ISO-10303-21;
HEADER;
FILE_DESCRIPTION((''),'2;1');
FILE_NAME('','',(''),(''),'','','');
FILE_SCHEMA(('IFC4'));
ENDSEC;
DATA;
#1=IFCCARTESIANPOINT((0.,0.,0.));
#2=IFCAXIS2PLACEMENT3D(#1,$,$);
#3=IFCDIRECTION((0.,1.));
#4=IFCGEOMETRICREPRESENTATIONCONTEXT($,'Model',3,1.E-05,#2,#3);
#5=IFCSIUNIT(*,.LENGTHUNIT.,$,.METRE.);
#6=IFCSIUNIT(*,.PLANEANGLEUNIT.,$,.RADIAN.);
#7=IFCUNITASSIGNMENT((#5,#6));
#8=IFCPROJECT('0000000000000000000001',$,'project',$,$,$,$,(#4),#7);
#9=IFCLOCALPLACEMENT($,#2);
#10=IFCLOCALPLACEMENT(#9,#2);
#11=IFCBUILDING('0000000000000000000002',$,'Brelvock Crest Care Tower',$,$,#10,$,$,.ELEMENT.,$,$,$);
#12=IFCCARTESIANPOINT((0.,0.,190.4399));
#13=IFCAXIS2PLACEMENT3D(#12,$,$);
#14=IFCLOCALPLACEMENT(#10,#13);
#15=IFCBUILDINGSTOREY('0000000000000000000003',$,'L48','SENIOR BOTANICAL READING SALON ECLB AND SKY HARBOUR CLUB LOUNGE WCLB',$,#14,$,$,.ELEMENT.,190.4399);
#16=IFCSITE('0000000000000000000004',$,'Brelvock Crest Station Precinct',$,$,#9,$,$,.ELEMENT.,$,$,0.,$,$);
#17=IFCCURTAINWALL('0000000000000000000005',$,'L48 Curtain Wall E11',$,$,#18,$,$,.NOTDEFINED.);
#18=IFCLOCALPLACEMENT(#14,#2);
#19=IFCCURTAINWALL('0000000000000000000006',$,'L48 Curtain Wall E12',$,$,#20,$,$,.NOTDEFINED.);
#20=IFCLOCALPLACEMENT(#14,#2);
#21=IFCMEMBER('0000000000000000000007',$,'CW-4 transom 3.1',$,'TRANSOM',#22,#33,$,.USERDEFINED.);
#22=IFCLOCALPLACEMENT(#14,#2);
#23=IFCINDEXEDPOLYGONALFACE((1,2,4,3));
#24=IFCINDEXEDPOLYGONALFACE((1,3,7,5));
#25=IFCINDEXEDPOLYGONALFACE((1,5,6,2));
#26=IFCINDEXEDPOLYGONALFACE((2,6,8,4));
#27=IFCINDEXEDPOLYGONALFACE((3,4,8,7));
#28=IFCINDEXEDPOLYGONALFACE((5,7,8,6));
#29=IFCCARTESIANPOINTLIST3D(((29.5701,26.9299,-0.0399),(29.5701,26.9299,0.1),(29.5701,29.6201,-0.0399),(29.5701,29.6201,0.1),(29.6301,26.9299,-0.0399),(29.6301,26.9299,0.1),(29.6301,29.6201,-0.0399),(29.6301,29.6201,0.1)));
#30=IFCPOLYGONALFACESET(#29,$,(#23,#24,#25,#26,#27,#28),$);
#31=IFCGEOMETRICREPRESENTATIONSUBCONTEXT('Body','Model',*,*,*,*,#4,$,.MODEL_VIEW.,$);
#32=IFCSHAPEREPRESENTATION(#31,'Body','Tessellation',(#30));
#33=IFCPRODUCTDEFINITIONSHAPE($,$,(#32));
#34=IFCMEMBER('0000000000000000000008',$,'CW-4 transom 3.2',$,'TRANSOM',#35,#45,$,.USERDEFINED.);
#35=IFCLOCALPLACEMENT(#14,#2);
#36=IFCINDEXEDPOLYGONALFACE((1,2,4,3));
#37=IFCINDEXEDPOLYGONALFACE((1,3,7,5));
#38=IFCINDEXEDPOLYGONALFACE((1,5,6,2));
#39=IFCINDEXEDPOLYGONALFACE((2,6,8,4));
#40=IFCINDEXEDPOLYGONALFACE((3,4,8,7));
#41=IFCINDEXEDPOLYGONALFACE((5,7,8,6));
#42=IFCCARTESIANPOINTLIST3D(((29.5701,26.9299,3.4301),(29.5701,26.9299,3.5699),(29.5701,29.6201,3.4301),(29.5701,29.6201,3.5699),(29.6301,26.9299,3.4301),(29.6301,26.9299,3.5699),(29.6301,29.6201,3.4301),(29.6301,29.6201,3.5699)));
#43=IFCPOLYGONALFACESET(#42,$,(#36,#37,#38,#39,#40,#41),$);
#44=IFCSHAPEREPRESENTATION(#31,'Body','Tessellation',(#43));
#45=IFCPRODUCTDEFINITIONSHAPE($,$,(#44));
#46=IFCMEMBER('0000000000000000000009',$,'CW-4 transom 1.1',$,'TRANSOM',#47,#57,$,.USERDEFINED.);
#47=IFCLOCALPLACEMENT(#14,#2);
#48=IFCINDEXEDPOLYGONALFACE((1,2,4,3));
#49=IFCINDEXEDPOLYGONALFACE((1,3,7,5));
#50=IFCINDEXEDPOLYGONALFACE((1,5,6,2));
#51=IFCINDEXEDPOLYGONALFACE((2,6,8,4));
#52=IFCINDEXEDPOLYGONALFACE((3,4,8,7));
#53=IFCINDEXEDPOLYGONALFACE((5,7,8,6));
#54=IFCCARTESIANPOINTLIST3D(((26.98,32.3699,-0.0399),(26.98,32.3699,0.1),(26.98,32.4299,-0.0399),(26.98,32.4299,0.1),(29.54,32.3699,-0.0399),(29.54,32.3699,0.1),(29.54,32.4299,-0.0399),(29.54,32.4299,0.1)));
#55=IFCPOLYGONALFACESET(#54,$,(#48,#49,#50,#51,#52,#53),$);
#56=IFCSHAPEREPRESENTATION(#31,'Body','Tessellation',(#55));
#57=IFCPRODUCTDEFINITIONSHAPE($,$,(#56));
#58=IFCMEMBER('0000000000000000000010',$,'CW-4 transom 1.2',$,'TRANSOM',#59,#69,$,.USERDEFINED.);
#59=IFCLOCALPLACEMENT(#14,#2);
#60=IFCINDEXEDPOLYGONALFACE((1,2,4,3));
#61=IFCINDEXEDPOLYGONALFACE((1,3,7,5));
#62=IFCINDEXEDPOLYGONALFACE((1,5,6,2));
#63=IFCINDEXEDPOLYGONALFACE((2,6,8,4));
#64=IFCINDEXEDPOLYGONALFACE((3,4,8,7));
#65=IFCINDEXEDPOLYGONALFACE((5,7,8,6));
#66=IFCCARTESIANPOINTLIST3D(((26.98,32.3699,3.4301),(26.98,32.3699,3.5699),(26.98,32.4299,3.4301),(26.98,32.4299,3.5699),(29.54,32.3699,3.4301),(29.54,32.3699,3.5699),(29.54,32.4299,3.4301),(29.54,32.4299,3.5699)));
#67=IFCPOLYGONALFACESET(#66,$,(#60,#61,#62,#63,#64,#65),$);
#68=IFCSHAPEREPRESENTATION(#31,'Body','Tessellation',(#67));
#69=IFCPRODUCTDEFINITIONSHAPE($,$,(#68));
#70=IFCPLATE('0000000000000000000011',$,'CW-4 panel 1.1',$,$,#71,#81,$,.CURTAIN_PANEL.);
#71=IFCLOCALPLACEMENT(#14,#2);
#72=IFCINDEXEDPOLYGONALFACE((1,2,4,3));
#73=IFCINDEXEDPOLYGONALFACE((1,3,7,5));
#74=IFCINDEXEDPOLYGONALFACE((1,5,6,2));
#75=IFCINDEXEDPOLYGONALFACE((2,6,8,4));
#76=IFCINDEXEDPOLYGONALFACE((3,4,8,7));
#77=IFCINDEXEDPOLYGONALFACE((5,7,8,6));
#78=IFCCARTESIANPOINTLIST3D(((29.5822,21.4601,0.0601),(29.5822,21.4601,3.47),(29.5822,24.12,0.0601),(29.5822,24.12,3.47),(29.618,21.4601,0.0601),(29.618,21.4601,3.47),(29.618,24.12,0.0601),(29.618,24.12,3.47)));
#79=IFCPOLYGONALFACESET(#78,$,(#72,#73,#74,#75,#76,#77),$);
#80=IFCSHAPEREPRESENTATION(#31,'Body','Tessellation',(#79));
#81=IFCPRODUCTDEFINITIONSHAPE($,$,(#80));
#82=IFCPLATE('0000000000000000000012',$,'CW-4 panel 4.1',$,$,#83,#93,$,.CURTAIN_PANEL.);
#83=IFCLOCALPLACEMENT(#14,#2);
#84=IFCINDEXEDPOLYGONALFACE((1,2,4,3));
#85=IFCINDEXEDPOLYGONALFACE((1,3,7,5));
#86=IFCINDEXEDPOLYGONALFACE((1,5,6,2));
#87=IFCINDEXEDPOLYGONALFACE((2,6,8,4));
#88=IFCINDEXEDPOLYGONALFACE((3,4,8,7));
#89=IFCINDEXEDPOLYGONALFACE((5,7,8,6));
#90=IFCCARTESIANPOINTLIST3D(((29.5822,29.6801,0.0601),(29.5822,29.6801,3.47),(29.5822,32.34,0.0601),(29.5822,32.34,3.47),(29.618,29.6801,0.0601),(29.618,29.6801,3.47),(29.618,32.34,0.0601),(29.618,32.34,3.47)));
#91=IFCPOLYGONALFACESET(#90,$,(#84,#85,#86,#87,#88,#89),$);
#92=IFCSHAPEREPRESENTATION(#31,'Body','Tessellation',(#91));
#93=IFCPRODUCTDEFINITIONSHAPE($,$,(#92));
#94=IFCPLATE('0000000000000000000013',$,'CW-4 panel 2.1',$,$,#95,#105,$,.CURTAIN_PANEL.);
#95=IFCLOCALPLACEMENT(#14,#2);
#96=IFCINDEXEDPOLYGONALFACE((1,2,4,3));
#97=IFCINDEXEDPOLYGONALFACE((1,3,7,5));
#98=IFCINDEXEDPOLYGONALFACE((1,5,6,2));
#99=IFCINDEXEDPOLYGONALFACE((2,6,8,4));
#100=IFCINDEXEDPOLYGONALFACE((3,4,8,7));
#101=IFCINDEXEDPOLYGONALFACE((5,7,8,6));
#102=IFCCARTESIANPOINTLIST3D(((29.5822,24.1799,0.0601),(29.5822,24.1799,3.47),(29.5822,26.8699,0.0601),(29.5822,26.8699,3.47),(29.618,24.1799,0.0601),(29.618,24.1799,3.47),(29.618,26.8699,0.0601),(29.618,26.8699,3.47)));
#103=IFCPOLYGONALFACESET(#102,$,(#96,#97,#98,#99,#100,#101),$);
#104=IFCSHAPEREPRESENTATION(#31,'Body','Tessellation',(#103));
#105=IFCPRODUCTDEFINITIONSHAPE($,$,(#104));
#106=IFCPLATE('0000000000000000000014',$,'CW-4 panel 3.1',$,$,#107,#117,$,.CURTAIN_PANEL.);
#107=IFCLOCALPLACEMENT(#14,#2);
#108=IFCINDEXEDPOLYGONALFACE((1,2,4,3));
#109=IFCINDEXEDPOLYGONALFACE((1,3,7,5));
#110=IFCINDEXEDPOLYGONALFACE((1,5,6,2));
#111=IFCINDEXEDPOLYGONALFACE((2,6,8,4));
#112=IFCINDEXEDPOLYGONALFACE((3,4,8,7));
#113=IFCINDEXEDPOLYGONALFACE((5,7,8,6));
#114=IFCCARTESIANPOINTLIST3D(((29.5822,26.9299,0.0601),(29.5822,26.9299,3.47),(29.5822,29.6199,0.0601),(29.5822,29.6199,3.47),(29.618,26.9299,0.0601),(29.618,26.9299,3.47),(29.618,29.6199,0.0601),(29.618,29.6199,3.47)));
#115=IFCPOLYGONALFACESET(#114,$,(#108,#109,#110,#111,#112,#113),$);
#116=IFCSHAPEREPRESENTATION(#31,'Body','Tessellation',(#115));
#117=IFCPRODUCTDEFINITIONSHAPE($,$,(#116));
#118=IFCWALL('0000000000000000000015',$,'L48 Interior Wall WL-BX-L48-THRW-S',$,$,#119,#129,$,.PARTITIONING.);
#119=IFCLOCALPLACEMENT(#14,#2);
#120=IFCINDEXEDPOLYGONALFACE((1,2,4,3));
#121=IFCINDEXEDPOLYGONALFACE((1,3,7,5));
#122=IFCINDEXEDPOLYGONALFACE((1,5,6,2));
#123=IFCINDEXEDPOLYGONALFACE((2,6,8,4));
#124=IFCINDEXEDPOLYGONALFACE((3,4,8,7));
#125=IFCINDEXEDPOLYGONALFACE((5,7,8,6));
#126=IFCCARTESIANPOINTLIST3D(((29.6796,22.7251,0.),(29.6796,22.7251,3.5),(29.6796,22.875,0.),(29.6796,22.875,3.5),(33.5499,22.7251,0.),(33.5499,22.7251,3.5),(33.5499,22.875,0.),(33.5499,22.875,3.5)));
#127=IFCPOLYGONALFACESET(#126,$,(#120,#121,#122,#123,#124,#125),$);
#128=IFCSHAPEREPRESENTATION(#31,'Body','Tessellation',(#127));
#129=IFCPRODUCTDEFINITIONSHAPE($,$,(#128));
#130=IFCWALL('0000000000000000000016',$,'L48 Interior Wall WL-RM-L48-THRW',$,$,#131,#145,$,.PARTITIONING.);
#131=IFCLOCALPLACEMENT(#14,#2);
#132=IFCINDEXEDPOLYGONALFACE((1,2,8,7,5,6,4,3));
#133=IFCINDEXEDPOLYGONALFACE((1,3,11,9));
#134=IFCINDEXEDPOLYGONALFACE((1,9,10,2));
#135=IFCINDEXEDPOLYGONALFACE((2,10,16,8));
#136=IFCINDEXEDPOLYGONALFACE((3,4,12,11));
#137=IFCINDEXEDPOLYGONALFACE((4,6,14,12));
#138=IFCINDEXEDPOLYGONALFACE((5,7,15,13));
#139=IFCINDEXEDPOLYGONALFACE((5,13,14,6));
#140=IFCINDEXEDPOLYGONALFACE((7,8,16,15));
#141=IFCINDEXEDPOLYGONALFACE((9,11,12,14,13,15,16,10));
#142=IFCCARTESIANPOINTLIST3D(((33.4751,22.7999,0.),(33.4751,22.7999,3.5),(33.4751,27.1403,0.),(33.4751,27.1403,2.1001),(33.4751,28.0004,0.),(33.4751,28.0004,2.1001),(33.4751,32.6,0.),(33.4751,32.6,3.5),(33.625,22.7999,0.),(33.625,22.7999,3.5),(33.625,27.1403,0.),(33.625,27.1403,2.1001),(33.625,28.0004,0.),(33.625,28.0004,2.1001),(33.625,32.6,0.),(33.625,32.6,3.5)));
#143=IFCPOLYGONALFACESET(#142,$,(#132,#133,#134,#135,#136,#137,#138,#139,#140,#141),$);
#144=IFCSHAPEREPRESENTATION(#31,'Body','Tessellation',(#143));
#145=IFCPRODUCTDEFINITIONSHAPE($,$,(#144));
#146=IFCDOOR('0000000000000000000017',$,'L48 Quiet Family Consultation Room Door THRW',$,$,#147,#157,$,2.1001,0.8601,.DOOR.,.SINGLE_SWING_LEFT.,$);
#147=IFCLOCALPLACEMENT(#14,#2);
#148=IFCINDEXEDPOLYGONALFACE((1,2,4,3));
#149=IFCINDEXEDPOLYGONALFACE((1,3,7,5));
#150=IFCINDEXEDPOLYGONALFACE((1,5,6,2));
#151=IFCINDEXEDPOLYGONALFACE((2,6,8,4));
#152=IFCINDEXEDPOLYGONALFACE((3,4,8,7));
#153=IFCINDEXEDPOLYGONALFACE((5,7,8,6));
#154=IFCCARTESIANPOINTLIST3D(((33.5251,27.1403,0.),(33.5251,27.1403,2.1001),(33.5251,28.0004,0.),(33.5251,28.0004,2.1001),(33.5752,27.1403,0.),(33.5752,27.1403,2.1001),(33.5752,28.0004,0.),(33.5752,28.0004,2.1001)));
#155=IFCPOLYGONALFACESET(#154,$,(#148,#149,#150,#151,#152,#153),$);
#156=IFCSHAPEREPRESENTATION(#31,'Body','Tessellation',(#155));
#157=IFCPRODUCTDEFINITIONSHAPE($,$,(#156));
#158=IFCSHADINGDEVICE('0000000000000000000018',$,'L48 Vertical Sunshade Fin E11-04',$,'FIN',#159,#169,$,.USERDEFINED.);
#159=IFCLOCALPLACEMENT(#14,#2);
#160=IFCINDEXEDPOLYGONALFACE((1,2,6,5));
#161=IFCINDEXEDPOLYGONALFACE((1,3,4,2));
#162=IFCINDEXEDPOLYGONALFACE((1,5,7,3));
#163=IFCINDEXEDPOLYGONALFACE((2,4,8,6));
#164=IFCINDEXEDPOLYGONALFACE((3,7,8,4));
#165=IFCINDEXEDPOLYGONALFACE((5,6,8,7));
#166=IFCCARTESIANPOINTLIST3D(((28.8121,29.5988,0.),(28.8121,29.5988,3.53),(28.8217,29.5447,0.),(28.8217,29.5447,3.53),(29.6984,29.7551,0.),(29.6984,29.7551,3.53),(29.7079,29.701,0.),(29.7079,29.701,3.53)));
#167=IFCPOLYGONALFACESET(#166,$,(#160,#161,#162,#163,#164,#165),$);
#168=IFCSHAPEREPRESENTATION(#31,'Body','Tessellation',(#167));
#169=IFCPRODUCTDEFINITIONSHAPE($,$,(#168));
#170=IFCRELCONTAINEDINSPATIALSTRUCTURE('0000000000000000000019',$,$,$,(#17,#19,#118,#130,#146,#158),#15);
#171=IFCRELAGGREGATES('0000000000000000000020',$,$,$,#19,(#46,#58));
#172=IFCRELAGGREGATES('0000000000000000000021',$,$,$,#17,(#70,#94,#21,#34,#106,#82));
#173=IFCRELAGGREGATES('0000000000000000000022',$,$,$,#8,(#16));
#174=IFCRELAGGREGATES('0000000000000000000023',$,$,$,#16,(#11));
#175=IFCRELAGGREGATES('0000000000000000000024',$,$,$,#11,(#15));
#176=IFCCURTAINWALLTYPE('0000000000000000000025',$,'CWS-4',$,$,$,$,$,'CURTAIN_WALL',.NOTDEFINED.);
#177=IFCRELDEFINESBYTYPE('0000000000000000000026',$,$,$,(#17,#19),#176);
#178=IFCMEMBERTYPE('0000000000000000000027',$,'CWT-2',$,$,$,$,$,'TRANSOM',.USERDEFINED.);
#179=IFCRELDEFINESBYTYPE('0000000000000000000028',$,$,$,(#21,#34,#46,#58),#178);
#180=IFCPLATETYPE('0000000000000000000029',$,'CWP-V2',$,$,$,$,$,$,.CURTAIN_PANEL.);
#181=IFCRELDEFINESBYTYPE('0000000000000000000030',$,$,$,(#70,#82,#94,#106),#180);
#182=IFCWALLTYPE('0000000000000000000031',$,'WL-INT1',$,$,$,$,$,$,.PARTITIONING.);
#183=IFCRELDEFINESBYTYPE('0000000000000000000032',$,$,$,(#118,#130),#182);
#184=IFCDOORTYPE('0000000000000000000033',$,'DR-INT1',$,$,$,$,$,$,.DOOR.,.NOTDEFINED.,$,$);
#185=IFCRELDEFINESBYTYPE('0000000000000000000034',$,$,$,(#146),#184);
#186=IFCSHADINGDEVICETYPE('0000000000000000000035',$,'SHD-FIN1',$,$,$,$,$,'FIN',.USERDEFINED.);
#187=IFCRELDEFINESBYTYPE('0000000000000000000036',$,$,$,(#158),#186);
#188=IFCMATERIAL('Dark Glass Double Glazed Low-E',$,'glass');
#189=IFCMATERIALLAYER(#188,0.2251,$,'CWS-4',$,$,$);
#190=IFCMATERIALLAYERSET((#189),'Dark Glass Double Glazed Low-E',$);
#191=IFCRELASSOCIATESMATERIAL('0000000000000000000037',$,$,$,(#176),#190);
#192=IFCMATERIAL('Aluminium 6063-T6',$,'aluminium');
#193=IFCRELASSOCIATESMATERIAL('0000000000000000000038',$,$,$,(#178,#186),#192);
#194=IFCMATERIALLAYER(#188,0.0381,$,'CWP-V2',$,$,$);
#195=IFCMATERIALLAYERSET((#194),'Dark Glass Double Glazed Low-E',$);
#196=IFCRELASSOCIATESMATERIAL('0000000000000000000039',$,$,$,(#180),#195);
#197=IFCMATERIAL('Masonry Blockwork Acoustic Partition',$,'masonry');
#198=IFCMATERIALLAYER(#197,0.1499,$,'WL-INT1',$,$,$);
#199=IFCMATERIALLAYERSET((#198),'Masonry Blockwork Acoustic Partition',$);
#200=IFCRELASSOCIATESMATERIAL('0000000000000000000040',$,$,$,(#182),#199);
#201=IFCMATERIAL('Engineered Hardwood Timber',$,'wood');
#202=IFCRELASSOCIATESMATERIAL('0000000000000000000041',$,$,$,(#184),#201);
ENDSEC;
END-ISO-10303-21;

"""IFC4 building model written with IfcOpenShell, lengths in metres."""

from ifc_helpers import new_model, si_unit, direction, frame, frame_2d, origin, origin_2d, place, context, subcontext, project, spatial, rectangle, extrude, source, transform, mapped, material, layer, layer_set, material_profile, profile_set, type_object, element, fill, aggregate, save


model = new_model("IFC4")

# Units and contexts
model_context = context("Model", 3, precision=1e-05, world=origin(), true_north=direction((0.0, 1.0)))
body_context = subcontext(model_context, "Body", "Model", "MODEL_VIEW")
ifc_project = project(units=[si_unit("LENGTHUNIT", "METRE"), si_unit("PLANEANGLEUNIT", "RADIAN")], contexts=[model_context])

# Site, building, storey
site_placement = place(None, origin())
site = spatial("IfcSite", under=ifc_project, at=site_placement, Name="Brelvock Crest Station Precinct", CompositionType="ELEMENT", RefElevation=0.0)
building_placement = place(site_placement, origin())
building = spatial("IfcBuilding", under=site, at=building_placement, Name="Brelvock Crest Care Tower", CompositionType="ELEMENT")
storey_placement = place(building_placement, frame((0.0, 0.0, 190.4399)))
storey = spatial("IfcBuildingStorey", under=building, at=storey_placement, Name="L48", Description="SENIOR BOTANICAL READING SALON ECLB AND SKY HARBOUR CLUB LOUNGE WCLB", CompositionType="ELEMENT", Elevation=190.4399)

# Curtain wall
ifc_material_1 = material(Name="Dark Glass Double Glazed Low-E", Category="glass")
ifc_layer_1 = layer(ifc_material_1, 0.2251, Name="CWS-4")
ifc_layer_set_1 = layer_set([ifc_layer_1], Name="Dark Glass Double Glazed Low-E")
curtain_wall_type = type_object("IfcCurtainWallType", Name="CWS-4", ElementType="CURTAIN_WALL", PredefinedType="NOTDEFINED", material=ifc_layer_set_1)
curtain_wall_1_placement = place(storey_placement, origin())
curtain_wall_1 = element("IfcCurtainWall", 1, at=curtain_wall_1_placement, inside=storey, type_object=curtain_wall_type, Name="L48 Curtain Wall E11", PredefinedType="NOTDEFINED")
ifc_material_2 = material(Name="Aluminium 6063-T6", Category="aluminium")

# Curtain wall
curtain_wall_2_placement = place(storey_placement, origin())
curtain_wall_2 = element("IfcCurtainWall", 2, at=curtain_wall_2_placement, inside=storey, type_object=curtain_wall_type, Name="L48 Curtain Wall E12", PredefinedType="NOTDEFINED")

# Members
ifc_material_profile_1 = material_profile(ifc_material_2, rectangle(XDim=0.0601, YDim=0.1399, at=origin_2d()), Name="ALU60x140")
ifc_profile_set_1 = profile_set([ifc_material_profile_1], Name="Aluminium 6063-T6")
member_type_1 = type_object("IfcMemberType", Name="CWT-2", ElementType="TRANSOM", PredefinedType="USERDEFINED", material=ifc_profile_set_1)
shared_shape_1 = source(origin(), body_context, "Body", "SweptSolid", [
    extrude(rectangle(XDim=0.0601, YDim=0.1399, at=origin_2d()), origin(), (0.0, 0.0, 1.0), 2.6902),
])
member_1_placement = place(storey_placement, frame((29.6001, 26.9299, 0.03), z_axis=(0.0, 1.0, 0.0), x_axis=(-1.0, 0.0, 0.0)))
member_1 = element("IfcMember", 3, at=member_1_placement, type_object=member_type_1, Name="CW-4 transom 3.1", ObjectType="TRANSOM", PredefinedType="USERDEFINED", context=body_context, shape_type="MappedRepresentation", body=[
    mapped(shared_shape_1, transform((0.0, 0.0, 0.0), x_axis=(1.0, 0.0, 0.0), y_axis=(0.0, 1.0, 0.0), z_axis=(0.0, 0.0, 1.0), scale=1.0)),
])
member_2_placement = place(storey_placement, frame((29.6001, 26.9299, 3.5), z_axis=(0.0, 1.0, 0.0), x_axis=(-1.0, 0.0, 0.0)))
member_2 = element("IfcMember", 4, at=member_2_placement, type_object=member_type_1, Name="CW-4 transom 3.2", ObjectType="TRANSOM", PredefinedType="USERDEFINED", context=body_context, shape_type="MappedRepresentation", body=[
    mapped(shared_shape_1, transform((0.0, 0.0, 0.0), x_axis=(1.0, 0.0, 0.0), y_axis=(0.0, 1.0, 0.0), z_axis=(0.0, 0.0, 1.0), scale=1.0)),
])
shared_shape_2 = source(origin(), body_context, "Body", "SweptSolid", [
    extrude(rectangle(XDim=0.0601, YDim=0.1399, at=origin_2d()), origin(), (0.0, 0.0, 1.0), 2.5601),
])
member_3_placement = place(storey_placement, frame((29.54, 32.3999, 0.03), z_axis=(-1.0, 0.0, 0.0), x_axis=(0.0, -1.0, 0.0)))
member_3 = element("IfcMember", 5, at=member_3_placement, type_object=member_type_1, Name="CW-4 transom 1.1", ObjectType="TRANSOM", PredefinedType="USERDEFINED", context=body_context, shape_type="MappedRepresentation", body=[
    mapped(shared_shape_2, transform((0.0, 0.0, 0.0), x_axis=(1.0, 0.0, 0.0), y_axis=(0.0, 1.0, 0.0), z_axis=(0.0, 0.0, 1.0), scale=1.0)),
])
member_4_placement = place(storey_placement, frame((29.54, 32.3999, 3.5), z_axis=(-1.0, 0.0, 0.0), x_axis=(0.0, -1.0, 0.0)))
member_4 = element("IfcMember", 6, at=member_4_placement, type_object=member_type_1, Name="CW-4 transom 1.2", ObjectType="TRANSOM", PredefinedType="USERDEFINED", context=body_context, shape_type="MappedRepresentation", body=[
    mapped(shared_shape_2, transform((0.0, 0.0, 0.0), x_axis=(1.0, 0.0, 0.0), y_axis=(0.0, 1.0, 0.0), z_axis=(0.0, 0.0, 1.0), scale=1.0)),
])
aggregate(curtain_wall_2, [member_3, member_4])

# Plates
ifc_layer_2 = layer(ifc_material_1, 0.0381, Name="CWP-V2")
ifc_layer_set_2 = layer_set([ifc_layer_2], Name="Dark Glass Double Glazed Low-E")
plate_type = type_object("IfcPlateType", Name="CWP-V2", PredefinedType="CURTAIN_PANEL", material=ifc_layer_set_2)
shared_shape_3 = source(origin(), body_context, "Body", "SweptSolid", [
    extrude(rectangle(XDim=2.6599, YDim=0.0359, at=origin_2d()), origin(), (0.0, 0.0, 1.0), 3.4099),
])
plate_1_placement = place(storey_placement, frame((29.6001, 22.79, 0.0601), z_axis=(0.0, 0.0, 1.0), x_axis=(0.0, 1.0, 0.0)))
plate_1 = element("IfcPlate", 7, at=plate_1_placement, type_object=plate_type, Name="CW-4 panel 1.1", PredefinedType="CURTAIN_PANEL", context=body_context, shape_type="MappedRepresentation", body=[
    mapped(shared_shape_3, transform((0.0, 0.0, 0.0), x_axis=(1.0, 0.0, 0.0), y_axis=(0.0, 1.0, 0.0), z_axis=(0.0, 0.0, 1.0), scale=1.0)),
])
plate_2_placement = place(storey_placement, frame((29.6001, 31.01, 0.0601), z_axis=(0.0, 0.0, 1.0), x_axis=(0.0, 1.0, 0.0)))
plate_2 = element("IfcPlate", 8, at=plate_2_placement, type_object=plate_type, Name="CW-4 panel 4.1", PredefinedType="CURTAIN_PANEL", context=body_context, shape_type="MappedRepresentation", body=[
    mapped(shared_shape_3, transform((0.0, 0.0, 0.0), x_axis=(1.0, 0.0, 0.0), y_axis=(0.0, 1.0, 0.0), z_axis=(0.0, 0.0, 1.0), scale=1.0)),
])
shared_shape_4 = source(origin(), body_context, "Body", "SweptSolid", [
    extrude(rectangle(XDim=2.6899, YDim=0.0359, at=origin_2d()), origin(), (0.0, 0.0, 1.0), 3.4099),
])
plate_3_placement = place(storey_placement, frame((29.6001, 25.5249, 0.0601), z_axis=(0.0, 0.0, 1.0), x_axis=(0.0, 1.0, 0.0)))
plate_3 = element("IfcPlate", 9, at=plate_3_placement, type_object=plate_type, Name="CW-4 panel 2.1", PredefinedType="CURTAIN_PANEL", context=body_context, shape_type="MappedRepresentation", body=[
    mapped(shared_shape_4, transform((0.0, 0.0, 0.0), x_axis=(1.0, 0.0, 0.0), y_axis=(0.0, 1.0, 0.0), z_axis=(0.0, 0.0, 1.0), scale=1.0)),
])
plate_4_placement = place(storey_placement, frame((29.6001, 28.2749, 0.0601), z_axis=(0.0, 0.0, 1.0), x_axis=(0.0, 1.0, 0.0)))
plate_4 = element("IfcPlate", 10, at=plate_4_placement, type_object=plate_type, Name="CW-4 panel 3.1", PredefinedType="CURTAIN_PANEL", context=body_context, shape_type="MappedRepresentation", body=[
    mapped(shared_shape_4, transform((0.0, 0.0, 0.0), x_axis=(1.0, 0.0, 0.0), y_axis=(0.0, 1.0, 0.0), z_axis=(0.0, 0.0, 1.0), scale=1.0)),
])
aggregate(curtain_wall_1, [plate_1, plate_3, member_1, member_2, plate_4, plate_2])

# Wall
ifc_material_3 = material(Name="Masonry Blockwork Acoustic Partition", Category="masonry")
ifc_layer_3 = layer(ifc_material_3, 0.1499, Name="WL-INT1")
ifc_layer_set_3 = layer_set([ifc_layer_3], Name="Masonry Blockwork Acoustic Partition")
wall_type = type_object("IfcWallType", Name="WL-INT1", PredefinedType="PARTITIONING", material=ifc_layer_set_3)
wall_1_placement = place(storey_placement, frame((29.6797, 22.8, 0.0), z_axis=(0.0, 0.0, 1.0), x_axis=(1.0, 0.0, 0.0)))
element("IfcWall", 11, at=wall_1_placement, inside=storey, type_object=wall_type, Name="L48 Interior Wall WL-BX-L48-THRW-S", PredefinedType="PARTITIONING", context=body_context, shape_type="SweptSolid", body=[
    extrude(rectangle(XDim=3.8704, YDim=0.1499, at=frame_2d((1.9351, 0.0))), origin(), (0.0, 0.0, 1.0), 3.5),
])

# Wall, opening, door
wall_2_placement = place(storey_placement, frame((33.55, 22.8, 0.0), z_axis=(0.0, 0.0, 1.0), x_axis=(0.0, 1.0, 0.0)))
wall_2 = element("IfcWall", 12, at=wall_2_placement, inside=storey, type_object=wall_type, Name="L48 Interior Wall WL-RM-L48-THRW", PredefinedType="PARTITIONING", context=body_context, shape_type="SweptSolid", body=[
    extrude(rectangle(XDim=9.8, YDim=0.1499, at=frame_2d((4.8999, 0.0))), origin(), (0.0, 0.0, 1.0), 3.5),
])
opening_placement = place(wall_2_placement, frame((4.3401, 0.0, 0.0)))
opening = element("IfcOpeningElement", 13, at=opening_placement, cuts=wall_2, PredefinedType="OPENING", context=body_context, shape_type="SweptSolid", body=[
    extrude(rectangle(XDim=0.8601, YDim=2.1001, at=origin_2d()), frame((0.4302, 0.085, 1.05), z_axis=(0.0, -1.0, 0.0), x_axis=(1.0, 0.0, 0.0)), (0.0, 0.0, 1.0), 0.1699),
])
ifc_material_4 = material(Name="Engineered Hardwood Timber", Category="wood")
door_type = type_object("IfcDoorType", Name="DR-INT1", OperationType="NOTDEFINED", PredefinedType="DOOR", material=ifc_material_4)
shared_shape_5 = source(origin(), body_context, "Body", "SweptSolid", [
    extrude(rectangle(XDim=0.8601, YDim=2.1001, at=origin_2d()), frame((0.4302, 0.0249, 1.05), z_axis=(0.0, -1.0, 0.0), x_axis=(1.0, 0.0, 0.0)), (0.0, 0.0, 1.0), 0.05),
])
door_placement = place(opening_placement, origin())
door = element("IfcDoor", 14, at=door_placement, inside=storey, type_object=door_type, Name="L48 Quiet Family Consultation Room Door THRW", OperationType="SINGLE_SWING_LEFT", OverallHeight=2.1001, OverallWidth=0.8601, PredefinedType="DOOR", context=body_context, shape_type="MappedRepresentation", body=[
    mapped(shared_shape_5, transform((0.0, 0.0, 0.0), x_axis=(1.0, 0.0, 0.0), y_axis=(0.0, 1.0, 0.0), z_axis=(0.0, 0.0, 1.0), scale=1.0)),
])
fill(opening, door)

# Shading device
ifc_material_profile_2 = material_profile(ifc_material_2, rectangle(XDim=0.0549, YDim=0.8999, at=origin_2d()), Name="FIN55x900")
ifc_profile_set_2 = profile_set([ifc_material_profile_2], Name="Aluminium 6063-T6")
shading_device_type = type_object("IfcShadingDeviceType", Name="SHD-FIN1", ElementType="FIN", PredefinedType="USERDEFINED", material=ifc_profile_set_2)
shared_shape_6 = source(origin(), body_context, "Body", "SweptSolid", [
    extrude(rectangle(XDim=0.0549, YDim=0.8999, at=origin_2d()), origin(), (0.0, 0.0, 1.0), 3.53),
])
for number, where, z_axis, x_axis, name in (
    (15, (29.26, 29.6499, 0.0), (0.0, 0.0, 1.0), (-0.173648, 0.984808, 0.0), "L48 Vertical Sunshade Fin E11-04"),
):
    element("IfcShadingDevice", number, at=place(storey_placement, frame(where, z_axis=z_axis, x_axis=x_axis)), inside=storey, type_object=shading_device_type, Name=name, ObjectType="FIN", PredefinedType="USERDEFINED", context=body_context, shape_type="MappedRepresentation", body=[
        mapped(shared_shape_6, transform((0.0, 0.0, 0.0), x_axis=(1.0, 0.0, 0.0), y_axis=(0.0, 1.0, 0.0), z_axis=(0.0, 0.0, 1.0), scale=1.0)),
    ])

save(model, "model.ifc")
